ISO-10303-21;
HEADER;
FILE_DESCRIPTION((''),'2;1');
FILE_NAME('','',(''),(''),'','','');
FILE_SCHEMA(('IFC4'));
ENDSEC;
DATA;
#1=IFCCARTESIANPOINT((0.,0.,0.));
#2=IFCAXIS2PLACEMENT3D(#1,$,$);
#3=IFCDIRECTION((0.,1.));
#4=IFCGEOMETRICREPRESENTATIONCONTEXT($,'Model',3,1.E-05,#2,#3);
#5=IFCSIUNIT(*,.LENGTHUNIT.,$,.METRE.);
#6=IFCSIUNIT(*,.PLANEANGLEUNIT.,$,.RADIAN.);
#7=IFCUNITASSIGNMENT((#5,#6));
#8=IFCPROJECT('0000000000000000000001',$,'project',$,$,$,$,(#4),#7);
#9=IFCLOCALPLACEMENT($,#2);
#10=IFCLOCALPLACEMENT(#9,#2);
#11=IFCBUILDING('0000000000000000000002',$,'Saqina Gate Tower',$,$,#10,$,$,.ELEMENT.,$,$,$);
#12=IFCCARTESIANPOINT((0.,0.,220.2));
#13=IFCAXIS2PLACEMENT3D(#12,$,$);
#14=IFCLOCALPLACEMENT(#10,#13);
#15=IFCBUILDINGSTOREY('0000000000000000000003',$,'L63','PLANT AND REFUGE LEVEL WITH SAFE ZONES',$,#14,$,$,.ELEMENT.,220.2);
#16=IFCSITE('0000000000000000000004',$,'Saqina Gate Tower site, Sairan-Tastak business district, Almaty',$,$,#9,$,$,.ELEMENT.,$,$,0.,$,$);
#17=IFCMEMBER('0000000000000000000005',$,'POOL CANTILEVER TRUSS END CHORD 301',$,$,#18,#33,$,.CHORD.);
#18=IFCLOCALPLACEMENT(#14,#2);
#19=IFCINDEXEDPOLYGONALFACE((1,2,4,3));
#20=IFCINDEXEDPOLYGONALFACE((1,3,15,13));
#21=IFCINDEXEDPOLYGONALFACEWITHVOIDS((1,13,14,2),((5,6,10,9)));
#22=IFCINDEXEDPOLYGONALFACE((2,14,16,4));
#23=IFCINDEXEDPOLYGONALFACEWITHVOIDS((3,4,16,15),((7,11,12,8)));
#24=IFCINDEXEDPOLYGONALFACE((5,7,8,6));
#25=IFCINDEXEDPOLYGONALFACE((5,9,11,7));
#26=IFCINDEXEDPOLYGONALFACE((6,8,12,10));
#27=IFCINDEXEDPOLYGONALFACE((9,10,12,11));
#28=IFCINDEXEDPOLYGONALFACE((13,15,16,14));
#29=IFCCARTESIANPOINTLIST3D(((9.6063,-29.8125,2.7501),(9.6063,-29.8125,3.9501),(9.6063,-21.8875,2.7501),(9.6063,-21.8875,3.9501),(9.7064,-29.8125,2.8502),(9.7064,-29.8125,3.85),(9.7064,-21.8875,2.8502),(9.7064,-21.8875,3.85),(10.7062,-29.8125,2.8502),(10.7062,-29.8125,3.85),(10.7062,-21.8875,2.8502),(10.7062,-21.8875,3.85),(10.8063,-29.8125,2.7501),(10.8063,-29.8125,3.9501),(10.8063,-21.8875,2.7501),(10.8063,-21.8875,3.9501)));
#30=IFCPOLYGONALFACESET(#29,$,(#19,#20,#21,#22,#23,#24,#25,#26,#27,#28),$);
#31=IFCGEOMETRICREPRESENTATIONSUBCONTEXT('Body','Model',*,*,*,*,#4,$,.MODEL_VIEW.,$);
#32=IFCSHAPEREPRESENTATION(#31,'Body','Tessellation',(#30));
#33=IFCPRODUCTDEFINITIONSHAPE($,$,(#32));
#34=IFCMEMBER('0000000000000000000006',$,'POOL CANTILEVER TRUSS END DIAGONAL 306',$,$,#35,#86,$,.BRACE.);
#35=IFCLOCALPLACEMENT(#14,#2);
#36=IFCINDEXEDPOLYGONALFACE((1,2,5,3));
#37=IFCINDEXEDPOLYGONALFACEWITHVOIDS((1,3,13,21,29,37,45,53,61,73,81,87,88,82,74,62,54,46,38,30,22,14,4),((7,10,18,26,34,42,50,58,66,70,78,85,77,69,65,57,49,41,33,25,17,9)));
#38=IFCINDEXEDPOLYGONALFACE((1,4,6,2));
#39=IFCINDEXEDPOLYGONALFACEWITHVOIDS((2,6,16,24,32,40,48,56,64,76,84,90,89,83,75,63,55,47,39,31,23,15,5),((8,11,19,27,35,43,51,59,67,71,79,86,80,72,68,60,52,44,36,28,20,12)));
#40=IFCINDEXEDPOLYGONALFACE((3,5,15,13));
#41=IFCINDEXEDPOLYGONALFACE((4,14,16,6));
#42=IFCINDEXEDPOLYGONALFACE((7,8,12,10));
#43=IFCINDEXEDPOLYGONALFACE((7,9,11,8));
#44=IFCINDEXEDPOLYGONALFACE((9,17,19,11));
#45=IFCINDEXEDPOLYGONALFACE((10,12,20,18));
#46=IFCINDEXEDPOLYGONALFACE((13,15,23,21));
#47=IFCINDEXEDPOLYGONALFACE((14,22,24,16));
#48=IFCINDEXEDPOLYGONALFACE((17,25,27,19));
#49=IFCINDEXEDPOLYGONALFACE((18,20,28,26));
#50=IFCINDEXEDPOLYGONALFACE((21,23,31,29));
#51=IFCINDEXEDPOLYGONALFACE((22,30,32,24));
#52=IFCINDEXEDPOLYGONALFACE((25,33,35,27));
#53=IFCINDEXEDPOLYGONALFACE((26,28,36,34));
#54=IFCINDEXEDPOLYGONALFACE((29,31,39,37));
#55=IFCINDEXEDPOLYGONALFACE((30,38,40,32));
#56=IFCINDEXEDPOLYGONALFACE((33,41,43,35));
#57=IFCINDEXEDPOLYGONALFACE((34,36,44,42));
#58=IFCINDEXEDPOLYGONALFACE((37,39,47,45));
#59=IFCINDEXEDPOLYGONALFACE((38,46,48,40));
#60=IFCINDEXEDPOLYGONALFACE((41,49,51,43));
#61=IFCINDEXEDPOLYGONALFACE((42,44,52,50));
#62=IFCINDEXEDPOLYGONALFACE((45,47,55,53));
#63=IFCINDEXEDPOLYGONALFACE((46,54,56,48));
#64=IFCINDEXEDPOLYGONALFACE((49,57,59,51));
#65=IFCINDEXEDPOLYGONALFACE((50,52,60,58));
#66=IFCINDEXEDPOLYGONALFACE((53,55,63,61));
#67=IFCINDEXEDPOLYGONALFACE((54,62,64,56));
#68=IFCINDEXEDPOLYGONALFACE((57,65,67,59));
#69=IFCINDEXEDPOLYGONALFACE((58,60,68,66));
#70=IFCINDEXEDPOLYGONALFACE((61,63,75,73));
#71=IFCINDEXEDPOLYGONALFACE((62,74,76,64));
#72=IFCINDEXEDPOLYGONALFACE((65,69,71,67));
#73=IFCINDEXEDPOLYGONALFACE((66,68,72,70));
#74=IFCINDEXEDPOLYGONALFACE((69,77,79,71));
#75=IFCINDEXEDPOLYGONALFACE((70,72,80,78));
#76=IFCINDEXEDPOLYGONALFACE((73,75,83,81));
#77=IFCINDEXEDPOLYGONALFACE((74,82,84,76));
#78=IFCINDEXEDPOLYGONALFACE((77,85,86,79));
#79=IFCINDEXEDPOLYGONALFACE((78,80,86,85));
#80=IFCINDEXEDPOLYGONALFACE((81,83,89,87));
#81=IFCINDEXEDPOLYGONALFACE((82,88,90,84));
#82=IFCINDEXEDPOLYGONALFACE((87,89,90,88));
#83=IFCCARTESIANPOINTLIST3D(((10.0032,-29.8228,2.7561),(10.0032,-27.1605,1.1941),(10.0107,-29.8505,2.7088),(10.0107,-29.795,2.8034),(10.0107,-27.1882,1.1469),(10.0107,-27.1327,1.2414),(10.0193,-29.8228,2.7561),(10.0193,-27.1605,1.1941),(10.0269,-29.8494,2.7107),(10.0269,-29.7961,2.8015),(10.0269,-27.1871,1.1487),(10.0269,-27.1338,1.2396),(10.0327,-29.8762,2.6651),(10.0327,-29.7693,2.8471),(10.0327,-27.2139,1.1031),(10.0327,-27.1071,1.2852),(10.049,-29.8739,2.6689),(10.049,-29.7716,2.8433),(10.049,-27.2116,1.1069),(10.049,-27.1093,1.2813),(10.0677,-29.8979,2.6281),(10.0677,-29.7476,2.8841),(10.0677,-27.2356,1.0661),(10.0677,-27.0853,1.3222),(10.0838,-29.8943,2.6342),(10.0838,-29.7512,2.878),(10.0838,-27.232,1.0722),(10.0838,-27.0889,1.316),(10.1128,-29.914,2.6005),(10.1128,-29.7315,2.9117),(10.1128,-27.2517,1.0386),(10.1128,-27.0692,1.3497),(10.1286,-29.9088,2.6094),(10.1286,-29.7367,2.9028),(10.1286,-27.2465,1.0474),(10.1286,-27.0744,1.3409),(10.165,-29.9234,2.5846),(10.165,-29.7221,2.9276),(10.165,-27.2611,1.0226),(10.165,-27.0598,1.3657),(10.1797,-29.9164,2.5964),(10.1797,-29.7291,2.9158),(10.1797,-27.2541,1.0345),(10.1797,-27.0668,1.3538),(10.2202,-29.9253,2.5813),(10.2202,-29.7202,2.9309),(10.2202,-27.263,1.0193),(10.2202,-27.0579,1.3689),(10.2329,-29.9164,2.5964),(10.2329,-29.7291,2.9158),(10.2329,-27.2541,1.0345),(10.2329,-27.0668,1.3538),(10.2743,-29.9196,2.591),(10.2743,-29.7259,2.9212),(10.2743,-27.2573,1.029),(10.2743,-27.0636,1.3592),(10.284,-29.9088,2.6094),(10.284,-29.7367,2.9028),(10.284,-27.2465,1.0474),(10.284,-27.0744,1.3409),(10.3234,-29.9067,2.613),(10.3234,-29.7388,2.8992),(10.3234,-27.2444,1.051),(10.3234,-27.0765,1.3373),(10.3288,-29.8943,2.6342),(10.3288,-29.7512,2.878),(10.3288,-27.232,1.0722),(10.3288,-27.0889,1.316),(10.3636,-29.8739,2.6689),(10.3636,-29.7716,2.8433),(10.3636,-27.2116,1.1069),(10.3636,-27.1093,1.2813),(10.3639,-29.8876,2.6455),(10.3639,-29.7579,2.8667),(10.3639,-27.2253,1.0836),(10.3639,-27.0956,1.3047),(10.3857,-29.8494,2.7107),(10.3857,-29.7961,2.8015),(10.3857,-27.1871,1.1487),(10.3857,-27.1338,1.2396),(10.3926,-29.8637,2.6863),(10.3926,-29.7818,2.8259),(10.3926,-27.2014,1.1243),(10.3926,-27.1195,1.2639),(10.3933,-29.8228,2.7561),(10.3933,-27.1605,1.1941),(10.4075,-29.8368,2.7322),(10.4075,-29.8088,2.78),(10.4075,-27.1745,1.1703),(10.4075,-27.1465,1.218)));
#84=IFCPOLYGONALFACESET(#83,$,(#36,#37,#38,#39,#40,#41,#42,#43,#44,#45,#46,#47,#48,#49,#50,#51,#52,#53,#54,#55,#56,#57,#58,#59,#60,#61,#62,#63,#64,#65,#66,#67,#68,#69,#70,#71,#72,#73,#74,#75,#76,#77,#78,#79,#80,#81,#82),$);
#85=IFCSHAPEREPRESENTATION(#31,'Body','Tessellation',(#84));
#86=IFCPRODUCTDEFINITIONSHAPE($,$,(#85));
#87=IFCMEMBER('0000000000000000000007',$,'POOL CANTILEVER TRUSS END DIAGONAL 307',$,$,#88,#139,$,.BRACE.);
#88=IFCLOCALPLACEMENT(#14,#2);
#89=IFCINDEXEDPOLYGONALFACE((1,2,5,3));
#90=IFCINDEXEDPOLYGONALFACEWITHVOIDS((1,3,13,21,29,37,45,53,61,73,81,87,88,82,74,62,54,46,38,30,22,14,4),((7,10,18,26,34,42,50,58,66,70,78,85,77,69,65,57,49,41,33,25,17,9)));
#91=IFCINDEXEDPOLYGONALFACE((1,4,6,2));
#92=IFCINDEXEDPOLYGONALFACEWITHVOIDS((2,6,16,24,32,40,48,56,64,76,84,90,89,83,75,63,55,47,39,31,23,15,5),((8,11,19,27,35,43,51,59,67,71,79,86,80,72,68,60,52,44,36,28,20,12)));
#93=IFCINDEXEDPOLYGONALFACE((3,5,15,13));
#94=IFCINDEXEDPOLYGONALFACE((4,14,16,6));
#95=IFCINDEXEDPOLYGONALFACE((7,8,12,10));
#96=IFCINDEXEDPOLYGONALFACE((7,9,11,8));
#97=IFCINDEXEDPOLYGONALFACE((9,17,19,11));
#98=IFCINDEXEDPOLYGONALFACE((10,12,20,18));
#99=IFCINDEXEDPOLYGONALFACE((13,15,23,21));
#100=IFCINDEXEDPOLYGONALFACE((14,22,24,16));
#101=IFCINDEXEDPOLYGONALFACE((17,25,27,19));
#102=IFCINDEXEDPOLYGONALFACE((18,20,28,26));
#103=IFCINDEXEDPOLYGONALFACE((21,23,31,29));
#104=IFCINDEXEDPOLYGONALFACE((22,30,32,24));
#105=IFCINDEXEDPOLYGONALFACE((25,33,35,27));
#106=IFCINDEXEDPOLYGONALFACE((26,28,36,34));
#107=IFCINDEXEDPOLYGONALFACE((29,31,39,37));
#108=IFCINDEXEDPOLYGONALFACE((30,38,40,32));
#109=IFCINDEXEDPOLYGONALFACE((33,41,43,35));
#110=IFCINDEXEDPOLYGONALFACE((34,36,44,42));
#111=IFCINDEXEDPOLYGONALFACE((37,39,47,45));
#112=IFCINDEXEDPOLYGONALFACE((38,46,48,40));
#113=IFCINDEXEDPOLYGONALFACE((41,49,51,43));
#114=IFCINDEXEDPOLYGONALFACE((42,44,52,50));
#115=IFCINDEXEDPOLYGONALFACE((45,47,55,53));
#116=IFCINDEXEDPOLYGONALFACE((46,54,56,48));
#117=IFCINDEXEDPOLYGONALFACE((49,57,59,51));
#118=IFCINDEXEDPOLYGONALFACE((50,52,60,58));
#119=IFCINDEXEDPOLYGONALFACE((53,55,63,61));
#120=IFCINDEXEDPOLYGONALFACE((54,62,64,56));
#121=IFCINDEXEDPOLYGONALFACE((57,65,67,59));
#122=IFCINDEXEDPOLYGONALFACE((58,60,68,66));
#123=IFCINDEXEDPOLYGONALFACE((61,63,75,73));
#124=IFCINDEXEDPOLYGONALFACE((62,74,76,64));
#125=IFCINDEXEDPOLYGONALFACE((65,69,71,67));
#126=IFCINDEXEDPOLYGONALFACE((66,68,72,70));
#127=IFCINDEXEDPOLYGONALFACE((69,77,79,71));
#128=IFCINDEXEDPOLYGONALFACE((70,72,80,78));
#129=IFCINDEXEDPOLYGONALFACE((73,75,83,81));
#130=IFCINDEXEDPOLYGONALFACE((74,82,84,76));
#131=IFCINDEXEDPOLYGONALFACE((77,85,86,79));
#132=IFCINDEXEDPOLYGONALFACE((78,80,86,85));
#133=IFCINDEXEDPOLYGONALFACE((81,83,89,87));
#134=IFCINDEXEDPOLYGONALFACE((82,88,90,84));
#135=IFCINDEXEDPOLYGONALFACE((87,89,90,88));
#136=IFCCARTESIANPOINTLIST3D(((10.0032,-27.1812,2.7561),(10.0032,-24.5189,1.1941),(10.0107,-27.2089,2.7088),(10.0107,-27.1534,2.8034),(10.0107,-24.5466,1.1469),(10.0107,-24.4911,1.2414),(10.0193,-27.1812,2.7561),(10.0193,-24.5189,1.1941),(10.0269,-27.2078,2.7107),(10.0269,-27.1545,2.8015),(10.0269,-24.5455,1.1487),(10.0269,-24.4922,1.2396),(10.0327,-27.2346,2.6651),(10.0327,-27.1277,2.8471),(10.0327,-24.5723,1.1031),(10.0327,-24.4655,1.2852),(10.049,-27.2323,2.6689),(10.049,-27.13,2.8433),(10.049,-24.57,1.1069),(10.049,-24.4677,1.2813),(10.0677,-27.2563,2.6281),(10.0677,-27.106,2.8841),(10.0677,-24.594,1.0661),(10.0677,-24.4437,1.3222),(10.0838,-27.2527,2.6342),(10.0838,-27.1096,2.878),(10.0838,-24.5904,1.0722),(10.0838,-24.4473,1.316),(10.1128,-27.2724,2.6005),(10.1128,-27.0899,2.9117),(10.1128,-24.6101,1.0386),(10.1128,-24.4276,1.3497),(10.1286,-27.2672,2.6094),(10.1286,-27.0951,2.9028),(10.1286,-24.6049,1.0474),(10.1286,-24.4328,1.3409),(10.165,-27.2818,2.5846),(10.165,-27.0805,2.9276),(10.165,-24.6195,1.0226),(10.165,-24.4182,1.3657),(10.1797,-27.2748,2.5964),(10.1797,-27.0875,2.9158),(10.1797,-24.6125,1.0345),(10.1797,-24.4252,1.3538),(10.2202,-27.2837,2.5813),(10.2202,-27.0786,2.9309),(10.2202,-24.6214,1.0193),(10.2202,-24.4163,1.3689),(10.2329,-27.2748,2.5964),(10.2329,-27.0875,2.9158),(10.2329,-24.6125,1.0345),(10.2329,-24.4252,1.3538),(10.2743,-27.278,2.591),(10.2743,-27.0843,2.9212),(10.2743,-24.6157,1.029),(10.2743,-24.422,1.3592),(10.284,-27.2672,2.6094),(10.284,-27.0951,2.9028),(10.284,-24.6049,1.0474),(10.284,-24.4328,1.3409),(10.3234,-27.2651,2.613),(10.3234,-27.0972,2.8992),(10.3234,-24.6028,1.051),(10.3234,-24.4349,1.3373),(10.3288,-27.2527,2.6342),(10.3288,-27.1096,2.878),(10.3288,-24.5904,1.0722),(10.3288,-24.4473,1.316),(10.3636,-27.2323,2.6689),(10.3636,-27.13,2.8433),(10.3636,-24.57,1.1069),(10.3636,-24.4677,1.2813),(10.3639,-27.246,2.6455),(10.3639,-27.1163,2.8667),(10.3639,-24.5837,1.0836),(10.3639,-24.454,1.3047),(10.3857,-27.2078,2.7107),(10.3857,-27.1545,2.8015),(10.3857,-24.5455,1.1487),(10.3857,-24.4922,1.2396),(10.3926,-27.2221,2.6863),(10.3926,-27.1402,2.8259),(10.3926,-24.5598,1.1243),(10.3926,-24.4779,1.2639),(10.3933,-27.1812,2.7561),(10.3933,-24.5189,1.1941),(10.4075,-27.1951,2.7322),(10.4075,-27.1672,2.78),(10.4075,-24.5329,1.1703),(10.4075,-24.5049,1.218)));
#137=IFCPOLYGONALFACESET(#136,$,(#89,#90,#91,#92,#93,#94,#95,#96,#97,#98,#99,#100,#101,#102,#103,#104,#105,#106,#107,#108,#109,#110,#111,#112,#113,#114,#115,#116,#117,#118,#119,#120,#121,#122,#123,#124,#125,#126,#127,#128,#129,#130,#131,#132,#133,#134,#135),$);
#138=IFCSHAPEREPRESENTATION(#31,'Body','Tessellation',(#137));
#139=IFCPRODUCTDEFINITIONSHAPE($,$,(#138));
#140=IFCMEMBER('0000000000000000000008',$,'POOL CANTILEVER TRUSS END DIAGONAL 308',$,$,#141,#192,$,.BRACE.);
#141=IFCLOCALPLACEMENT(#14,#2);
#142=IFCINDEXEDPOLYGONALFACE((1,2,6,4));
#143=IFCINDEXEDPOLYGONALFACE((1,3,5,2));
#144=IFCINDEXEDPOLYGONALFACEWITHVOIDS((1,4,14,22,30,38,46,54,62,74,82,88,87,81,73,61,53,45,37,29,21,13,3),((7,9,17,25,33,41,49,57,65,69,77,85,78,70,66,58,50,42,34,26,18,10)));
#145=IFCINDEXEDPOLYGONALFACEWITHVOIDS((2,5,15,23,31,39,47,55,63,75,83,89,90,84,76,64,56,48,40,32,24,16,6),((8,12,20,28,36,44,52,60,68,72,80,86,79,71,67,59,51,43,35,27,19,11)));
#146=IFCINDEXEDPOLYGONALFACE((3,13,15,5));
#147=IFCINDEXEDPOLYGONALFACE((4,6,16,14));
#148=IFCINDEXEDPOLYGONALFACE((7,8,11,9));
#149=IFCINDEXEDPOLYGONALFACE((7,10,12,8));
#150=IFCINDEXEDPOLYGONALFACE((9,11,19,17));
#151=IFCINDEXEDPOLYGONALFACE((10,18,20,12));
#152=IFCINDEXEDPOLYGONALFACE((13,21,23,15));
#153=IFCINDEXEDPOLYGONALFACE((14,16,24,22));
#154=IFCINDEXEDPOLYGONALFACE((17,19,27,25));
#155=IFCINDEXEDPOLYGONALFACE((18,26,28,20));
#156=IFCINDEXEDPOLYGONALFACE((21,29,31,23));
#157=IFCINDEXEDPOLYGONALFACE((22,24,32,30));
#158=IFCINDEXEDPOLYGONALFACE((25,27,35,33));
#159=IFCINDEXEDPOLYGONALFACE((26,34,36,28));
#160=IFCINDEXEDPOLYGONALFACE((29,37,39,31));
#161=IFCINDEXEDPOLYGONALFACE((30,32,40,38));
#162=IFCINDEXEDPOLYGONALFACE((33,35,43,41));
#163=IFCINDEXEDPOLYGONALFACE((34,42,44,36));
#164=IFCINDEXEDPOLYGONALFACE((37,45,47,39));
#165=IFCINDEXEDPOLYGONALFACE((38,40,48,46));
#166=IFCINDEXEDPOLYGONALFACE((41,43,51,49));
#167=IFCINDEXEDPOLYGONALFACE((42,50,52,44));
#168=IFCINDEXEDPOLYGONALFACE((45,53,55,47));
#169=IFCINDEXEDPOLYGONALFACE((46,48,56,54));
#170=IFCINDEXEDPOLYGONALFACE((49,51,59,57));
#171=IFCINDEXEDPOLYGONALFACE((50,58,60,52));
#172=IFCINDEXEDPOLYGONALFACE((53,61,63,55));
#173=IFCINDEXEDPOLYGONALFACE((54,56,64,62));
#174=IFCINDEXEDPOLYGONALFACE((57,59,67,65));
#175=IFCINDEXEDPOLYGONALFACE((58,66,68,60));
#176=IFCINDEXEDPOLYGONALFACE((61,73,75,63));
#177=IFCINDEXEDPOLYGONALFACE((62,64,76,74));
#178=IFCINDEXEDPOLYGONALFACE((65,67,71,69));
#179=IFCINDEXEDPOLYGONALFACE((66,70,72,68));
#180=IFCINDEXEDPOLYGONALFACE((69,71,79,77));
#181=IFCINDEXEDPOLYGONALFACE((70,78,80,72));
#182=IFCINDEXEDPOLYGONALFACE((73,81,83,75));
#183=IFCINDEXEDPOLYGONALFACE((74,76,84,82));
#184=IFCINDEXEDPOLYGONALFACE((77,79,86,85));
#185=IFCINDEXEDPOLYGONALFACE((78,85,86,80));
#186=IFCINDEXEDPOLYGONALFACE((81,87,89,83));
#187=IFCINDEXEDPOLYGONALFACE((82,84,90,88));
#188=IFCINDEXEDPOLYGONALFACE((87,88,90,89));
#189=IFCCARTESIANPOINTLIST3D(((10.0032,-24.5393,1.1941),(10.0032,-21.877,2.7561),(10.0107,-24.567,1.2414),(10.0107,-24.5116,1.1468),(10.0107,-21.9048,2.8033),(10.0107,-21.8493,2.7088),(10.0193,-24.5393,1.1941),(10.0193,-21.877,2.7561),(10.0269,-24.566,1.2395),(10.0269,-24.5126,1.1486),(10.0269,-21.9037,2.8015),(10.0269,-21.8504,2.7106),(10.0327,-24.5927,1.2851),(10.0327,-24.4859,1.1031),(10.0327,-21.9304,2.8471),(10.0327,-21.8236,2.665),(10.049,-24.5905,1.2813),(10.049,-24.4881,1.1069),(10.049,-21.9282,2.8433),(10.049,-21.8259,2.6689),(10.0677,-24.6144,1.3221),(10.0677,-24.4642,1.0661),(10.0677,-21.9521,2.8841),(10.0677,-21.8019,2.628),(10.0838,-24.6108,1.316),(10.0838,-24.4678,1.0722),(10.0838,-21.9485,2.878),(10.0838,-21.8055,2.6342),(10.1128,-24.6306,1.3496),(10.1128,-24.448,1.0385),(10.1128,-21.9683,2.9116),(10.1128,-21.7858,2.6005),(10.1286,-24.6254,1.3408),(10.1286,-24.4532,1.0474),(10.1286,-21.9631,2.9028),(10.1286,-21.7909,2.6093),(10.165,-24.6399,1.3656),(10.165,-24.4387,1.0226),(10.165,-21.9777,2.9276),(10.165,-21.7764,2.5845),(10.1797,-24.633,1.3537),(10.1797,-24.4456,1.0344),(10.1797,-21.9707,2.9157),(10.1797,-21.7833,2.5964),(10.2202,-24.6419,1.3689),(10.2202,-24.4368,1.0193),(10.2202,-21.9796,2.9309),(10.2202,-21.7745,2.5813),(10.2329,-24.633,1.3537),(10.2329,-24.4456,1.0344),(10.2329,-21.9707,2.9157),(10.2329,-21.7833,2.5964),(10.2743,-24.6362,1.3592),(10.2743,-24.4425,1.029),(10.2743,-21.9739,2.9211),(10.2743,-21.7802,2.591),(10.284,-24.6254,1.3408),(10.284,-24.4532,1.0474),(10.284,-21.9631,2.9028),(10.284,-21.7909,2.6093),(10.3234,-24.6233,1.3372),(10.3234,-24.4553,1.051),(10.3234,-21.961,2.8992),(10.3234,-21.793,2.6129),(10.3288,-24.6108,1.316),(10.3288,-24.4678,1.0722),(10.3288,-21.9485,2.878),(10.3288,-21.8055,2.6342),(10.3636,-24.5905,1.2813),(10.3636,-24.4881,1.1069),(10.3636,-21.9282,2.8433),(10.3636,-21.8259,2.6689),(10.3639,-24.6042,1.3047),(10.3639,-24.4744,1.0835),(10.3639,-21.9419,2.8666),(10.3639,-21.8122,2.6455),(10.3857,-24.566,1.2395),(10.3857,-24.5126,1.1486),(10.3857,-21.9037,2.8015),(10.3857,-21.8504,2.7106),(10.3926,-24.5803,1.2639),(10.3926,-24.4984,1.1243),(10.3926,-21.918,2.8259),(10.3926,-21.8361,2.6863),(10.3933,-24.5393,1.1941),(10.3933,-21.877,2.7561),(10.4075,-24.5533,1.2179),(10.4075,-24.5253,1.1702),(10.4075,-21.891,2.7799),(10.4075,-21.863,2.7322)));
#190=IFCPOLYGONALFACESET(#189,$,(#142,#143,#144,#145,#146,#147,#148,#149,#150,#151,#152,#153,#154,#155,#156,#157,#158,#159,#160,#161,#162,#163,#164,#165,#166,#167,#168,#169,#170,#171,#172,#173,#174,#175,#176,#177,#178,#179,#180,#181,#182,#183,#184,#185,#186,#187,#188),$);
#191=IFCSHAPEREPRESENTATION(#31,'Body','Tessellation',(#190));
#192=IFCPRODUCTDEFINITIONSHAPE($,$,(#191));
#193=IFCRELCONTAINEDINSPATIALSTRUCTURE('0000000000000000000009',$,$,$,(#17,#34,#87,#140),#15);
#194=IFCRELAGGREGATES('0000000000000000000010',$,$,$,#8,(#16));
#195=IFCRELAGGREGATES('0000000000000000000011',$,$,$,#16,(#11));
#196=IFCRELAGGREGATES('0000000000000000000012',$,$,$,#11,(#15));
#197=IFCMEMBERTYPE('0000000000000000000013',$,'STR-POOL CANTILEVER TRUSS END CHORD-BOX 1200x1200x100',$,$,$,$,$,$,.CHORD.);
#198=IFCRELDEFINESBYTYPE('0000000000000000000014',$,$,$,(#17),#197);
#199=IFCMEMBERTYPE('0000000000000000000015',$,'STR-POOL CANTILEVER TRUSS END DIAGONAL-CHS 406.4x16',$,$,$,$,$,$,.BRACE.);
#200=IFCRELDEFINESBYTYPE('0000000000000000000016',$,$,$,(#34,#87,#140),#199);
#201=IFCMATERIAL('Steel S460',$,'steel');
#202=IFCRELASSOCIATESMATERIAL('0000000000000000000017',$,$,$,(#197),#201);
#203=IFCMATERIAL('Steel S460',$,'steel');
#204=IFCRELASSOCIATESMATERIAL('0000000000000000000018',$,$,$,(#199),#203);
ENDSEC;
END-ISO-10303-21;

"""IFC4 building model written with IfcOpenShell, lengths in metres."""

from ifc_helpers import new_model, si_unit, direction, frame, origin, origin_2d, place, context, subcontext, project, spatial, hollow_rectangle, hollow_circle, extrude, material, material_profile, profile_set, type_object, element, save


model = new_model("IFC4")

# Units and contexts
model_context = context("Model", 3, precision=1e-05, world=origin(), true_north=direction((0.0, 1.0)))
body_context = subcontext(model_context, "Body", "Model", "MODEL_VIEW")
ifc_project = project(units=[si_unit("LENGTHUNIT", "METRE"), si_unit("PLANEANGLEUNIT", "RADIAN")], contexts=[model_context])

# Site, building, storey
site_placement = place(None, origin())
site = spatial("IfcSite", under=ifc_project, at=site_placement, Name="Saqina Gate Tower site, Sairan-Tastak business district, Almaty", CompositionType="ELEMENT", RefElevation=0.0)
building_placement = place(site_placement, origin())
building = spatial("IfcBuilding", under=site, at=building_placement, Name="Saqina Gate Tower", CompositionType="ELEMENT")
storey_placement = place(building_placement, frame((0.0, 0.0, 220.2)))
storey = spatial("IfcBuildingStorey", under=building, at=storey_placement, Name="L63", Description="PLANT AND REFUGE LEVEL WITH SAFE ZONES", CompositionType="ELEMENT", Elevation=220.2)

# Members
ifc_material_1 = material(Name="Steel S460", Category="steel")
ifc_material_profile_1 = material_profile(ifc_material_1, hollow_rectangle(XDim=1.2, YDim=1.2, WallThickness=0.1001, at=origin_2d()), Name="BOX 1200x1200x100")
ifc_profile_set_1 = profile_set([ifc_material_profile_1], Name="Steel S460")
member_type_1 = type_object("IfcMemberType", Name="STR-POOL CANTILEVER TRUSS END CHORD-BOX 1200x1200x100", PredefinedType="CHORD", material=ifc_profile_set_1)
member_1_placement = place(storey_placement, frame((10.2063, -29.8125, 3.3501), z_axis=(0.0, 1.0, 0.0), x_axis=(-1.0, 0.0, 0.0)))
element("IfcMember", 1, at=member_1_placement, inside=storey, type_object=member_type_1, Name="POOL CANTILEVER TRUSS END CHORD 301", PredefinedType="CHORD", context=body_context, shape_type="SweptSolid", body=[
    extrude(hollow_rectangle(XDim=1.2, YDim=1.2, WallThickness=0.1001, at=origin_2d()), origin(), (0.0, 0.0, 1.0), 7.925),
])
ifc_material_2 = material(Name="Steel S460", Category="steel")
ifc_material_profile_2 = material_profile(ifc_material_2, hollow_circle(Radius=0.2031, WallThickness=0.0161, at=origin_2d()), Name="CHS 406.4x16")
ifc_profile_set_2 = profile_set([ifc_material_profile_2], Name="Steel S460")
member_type_2 = type_object("IfcMemberType", Name="STR-POOL CANTILEVER TRUSS END DIAGONAL-CHS 406.4x16", PredefinedType="BRACE", material=ifc_profile_set_2)
for number, where, z_axis, x_axis, name in (
    (2, (10.2063, -29.8228, 2.7561), (0.0, 0.862511, -0.506038), (-1.0, 0.0, 0.0), "POOL CANTILEVER TRUSS END DIAGONAL 306"),
    (3, (10.2063, -27.1812, 2.7561), (0.0, 0.862511, -0.506038), (-1.0, 0.0, 0.0), "POOL CANTILEVER TRUSS END DIAGONAL 307"),
    (4, (10.2063, -24.5393, 1.1941), (0.0, 0.862511, 0.506038), (-1.0, 0.0, 0.0), "POOL CANTILEVER TRUSS END DIAGONAL 308"),
):
    element("IfcMember", number, at=place(storey_placement, frame(where, z_axis=z_axis, x_axis=x_axis)), inside=storey, type_object=member_type_2, Name=name, PredefinedType="BRACE", context=body_context, shape_type="SweptSolid", body=[
        extrude(hollow_circle(Radius=0.2031, WallThickness=0.0161, at=origin_2d()), origin(), (0.0, 0.0, 1.0), 3.0867),
    ])

save(model, "model.ifc")
